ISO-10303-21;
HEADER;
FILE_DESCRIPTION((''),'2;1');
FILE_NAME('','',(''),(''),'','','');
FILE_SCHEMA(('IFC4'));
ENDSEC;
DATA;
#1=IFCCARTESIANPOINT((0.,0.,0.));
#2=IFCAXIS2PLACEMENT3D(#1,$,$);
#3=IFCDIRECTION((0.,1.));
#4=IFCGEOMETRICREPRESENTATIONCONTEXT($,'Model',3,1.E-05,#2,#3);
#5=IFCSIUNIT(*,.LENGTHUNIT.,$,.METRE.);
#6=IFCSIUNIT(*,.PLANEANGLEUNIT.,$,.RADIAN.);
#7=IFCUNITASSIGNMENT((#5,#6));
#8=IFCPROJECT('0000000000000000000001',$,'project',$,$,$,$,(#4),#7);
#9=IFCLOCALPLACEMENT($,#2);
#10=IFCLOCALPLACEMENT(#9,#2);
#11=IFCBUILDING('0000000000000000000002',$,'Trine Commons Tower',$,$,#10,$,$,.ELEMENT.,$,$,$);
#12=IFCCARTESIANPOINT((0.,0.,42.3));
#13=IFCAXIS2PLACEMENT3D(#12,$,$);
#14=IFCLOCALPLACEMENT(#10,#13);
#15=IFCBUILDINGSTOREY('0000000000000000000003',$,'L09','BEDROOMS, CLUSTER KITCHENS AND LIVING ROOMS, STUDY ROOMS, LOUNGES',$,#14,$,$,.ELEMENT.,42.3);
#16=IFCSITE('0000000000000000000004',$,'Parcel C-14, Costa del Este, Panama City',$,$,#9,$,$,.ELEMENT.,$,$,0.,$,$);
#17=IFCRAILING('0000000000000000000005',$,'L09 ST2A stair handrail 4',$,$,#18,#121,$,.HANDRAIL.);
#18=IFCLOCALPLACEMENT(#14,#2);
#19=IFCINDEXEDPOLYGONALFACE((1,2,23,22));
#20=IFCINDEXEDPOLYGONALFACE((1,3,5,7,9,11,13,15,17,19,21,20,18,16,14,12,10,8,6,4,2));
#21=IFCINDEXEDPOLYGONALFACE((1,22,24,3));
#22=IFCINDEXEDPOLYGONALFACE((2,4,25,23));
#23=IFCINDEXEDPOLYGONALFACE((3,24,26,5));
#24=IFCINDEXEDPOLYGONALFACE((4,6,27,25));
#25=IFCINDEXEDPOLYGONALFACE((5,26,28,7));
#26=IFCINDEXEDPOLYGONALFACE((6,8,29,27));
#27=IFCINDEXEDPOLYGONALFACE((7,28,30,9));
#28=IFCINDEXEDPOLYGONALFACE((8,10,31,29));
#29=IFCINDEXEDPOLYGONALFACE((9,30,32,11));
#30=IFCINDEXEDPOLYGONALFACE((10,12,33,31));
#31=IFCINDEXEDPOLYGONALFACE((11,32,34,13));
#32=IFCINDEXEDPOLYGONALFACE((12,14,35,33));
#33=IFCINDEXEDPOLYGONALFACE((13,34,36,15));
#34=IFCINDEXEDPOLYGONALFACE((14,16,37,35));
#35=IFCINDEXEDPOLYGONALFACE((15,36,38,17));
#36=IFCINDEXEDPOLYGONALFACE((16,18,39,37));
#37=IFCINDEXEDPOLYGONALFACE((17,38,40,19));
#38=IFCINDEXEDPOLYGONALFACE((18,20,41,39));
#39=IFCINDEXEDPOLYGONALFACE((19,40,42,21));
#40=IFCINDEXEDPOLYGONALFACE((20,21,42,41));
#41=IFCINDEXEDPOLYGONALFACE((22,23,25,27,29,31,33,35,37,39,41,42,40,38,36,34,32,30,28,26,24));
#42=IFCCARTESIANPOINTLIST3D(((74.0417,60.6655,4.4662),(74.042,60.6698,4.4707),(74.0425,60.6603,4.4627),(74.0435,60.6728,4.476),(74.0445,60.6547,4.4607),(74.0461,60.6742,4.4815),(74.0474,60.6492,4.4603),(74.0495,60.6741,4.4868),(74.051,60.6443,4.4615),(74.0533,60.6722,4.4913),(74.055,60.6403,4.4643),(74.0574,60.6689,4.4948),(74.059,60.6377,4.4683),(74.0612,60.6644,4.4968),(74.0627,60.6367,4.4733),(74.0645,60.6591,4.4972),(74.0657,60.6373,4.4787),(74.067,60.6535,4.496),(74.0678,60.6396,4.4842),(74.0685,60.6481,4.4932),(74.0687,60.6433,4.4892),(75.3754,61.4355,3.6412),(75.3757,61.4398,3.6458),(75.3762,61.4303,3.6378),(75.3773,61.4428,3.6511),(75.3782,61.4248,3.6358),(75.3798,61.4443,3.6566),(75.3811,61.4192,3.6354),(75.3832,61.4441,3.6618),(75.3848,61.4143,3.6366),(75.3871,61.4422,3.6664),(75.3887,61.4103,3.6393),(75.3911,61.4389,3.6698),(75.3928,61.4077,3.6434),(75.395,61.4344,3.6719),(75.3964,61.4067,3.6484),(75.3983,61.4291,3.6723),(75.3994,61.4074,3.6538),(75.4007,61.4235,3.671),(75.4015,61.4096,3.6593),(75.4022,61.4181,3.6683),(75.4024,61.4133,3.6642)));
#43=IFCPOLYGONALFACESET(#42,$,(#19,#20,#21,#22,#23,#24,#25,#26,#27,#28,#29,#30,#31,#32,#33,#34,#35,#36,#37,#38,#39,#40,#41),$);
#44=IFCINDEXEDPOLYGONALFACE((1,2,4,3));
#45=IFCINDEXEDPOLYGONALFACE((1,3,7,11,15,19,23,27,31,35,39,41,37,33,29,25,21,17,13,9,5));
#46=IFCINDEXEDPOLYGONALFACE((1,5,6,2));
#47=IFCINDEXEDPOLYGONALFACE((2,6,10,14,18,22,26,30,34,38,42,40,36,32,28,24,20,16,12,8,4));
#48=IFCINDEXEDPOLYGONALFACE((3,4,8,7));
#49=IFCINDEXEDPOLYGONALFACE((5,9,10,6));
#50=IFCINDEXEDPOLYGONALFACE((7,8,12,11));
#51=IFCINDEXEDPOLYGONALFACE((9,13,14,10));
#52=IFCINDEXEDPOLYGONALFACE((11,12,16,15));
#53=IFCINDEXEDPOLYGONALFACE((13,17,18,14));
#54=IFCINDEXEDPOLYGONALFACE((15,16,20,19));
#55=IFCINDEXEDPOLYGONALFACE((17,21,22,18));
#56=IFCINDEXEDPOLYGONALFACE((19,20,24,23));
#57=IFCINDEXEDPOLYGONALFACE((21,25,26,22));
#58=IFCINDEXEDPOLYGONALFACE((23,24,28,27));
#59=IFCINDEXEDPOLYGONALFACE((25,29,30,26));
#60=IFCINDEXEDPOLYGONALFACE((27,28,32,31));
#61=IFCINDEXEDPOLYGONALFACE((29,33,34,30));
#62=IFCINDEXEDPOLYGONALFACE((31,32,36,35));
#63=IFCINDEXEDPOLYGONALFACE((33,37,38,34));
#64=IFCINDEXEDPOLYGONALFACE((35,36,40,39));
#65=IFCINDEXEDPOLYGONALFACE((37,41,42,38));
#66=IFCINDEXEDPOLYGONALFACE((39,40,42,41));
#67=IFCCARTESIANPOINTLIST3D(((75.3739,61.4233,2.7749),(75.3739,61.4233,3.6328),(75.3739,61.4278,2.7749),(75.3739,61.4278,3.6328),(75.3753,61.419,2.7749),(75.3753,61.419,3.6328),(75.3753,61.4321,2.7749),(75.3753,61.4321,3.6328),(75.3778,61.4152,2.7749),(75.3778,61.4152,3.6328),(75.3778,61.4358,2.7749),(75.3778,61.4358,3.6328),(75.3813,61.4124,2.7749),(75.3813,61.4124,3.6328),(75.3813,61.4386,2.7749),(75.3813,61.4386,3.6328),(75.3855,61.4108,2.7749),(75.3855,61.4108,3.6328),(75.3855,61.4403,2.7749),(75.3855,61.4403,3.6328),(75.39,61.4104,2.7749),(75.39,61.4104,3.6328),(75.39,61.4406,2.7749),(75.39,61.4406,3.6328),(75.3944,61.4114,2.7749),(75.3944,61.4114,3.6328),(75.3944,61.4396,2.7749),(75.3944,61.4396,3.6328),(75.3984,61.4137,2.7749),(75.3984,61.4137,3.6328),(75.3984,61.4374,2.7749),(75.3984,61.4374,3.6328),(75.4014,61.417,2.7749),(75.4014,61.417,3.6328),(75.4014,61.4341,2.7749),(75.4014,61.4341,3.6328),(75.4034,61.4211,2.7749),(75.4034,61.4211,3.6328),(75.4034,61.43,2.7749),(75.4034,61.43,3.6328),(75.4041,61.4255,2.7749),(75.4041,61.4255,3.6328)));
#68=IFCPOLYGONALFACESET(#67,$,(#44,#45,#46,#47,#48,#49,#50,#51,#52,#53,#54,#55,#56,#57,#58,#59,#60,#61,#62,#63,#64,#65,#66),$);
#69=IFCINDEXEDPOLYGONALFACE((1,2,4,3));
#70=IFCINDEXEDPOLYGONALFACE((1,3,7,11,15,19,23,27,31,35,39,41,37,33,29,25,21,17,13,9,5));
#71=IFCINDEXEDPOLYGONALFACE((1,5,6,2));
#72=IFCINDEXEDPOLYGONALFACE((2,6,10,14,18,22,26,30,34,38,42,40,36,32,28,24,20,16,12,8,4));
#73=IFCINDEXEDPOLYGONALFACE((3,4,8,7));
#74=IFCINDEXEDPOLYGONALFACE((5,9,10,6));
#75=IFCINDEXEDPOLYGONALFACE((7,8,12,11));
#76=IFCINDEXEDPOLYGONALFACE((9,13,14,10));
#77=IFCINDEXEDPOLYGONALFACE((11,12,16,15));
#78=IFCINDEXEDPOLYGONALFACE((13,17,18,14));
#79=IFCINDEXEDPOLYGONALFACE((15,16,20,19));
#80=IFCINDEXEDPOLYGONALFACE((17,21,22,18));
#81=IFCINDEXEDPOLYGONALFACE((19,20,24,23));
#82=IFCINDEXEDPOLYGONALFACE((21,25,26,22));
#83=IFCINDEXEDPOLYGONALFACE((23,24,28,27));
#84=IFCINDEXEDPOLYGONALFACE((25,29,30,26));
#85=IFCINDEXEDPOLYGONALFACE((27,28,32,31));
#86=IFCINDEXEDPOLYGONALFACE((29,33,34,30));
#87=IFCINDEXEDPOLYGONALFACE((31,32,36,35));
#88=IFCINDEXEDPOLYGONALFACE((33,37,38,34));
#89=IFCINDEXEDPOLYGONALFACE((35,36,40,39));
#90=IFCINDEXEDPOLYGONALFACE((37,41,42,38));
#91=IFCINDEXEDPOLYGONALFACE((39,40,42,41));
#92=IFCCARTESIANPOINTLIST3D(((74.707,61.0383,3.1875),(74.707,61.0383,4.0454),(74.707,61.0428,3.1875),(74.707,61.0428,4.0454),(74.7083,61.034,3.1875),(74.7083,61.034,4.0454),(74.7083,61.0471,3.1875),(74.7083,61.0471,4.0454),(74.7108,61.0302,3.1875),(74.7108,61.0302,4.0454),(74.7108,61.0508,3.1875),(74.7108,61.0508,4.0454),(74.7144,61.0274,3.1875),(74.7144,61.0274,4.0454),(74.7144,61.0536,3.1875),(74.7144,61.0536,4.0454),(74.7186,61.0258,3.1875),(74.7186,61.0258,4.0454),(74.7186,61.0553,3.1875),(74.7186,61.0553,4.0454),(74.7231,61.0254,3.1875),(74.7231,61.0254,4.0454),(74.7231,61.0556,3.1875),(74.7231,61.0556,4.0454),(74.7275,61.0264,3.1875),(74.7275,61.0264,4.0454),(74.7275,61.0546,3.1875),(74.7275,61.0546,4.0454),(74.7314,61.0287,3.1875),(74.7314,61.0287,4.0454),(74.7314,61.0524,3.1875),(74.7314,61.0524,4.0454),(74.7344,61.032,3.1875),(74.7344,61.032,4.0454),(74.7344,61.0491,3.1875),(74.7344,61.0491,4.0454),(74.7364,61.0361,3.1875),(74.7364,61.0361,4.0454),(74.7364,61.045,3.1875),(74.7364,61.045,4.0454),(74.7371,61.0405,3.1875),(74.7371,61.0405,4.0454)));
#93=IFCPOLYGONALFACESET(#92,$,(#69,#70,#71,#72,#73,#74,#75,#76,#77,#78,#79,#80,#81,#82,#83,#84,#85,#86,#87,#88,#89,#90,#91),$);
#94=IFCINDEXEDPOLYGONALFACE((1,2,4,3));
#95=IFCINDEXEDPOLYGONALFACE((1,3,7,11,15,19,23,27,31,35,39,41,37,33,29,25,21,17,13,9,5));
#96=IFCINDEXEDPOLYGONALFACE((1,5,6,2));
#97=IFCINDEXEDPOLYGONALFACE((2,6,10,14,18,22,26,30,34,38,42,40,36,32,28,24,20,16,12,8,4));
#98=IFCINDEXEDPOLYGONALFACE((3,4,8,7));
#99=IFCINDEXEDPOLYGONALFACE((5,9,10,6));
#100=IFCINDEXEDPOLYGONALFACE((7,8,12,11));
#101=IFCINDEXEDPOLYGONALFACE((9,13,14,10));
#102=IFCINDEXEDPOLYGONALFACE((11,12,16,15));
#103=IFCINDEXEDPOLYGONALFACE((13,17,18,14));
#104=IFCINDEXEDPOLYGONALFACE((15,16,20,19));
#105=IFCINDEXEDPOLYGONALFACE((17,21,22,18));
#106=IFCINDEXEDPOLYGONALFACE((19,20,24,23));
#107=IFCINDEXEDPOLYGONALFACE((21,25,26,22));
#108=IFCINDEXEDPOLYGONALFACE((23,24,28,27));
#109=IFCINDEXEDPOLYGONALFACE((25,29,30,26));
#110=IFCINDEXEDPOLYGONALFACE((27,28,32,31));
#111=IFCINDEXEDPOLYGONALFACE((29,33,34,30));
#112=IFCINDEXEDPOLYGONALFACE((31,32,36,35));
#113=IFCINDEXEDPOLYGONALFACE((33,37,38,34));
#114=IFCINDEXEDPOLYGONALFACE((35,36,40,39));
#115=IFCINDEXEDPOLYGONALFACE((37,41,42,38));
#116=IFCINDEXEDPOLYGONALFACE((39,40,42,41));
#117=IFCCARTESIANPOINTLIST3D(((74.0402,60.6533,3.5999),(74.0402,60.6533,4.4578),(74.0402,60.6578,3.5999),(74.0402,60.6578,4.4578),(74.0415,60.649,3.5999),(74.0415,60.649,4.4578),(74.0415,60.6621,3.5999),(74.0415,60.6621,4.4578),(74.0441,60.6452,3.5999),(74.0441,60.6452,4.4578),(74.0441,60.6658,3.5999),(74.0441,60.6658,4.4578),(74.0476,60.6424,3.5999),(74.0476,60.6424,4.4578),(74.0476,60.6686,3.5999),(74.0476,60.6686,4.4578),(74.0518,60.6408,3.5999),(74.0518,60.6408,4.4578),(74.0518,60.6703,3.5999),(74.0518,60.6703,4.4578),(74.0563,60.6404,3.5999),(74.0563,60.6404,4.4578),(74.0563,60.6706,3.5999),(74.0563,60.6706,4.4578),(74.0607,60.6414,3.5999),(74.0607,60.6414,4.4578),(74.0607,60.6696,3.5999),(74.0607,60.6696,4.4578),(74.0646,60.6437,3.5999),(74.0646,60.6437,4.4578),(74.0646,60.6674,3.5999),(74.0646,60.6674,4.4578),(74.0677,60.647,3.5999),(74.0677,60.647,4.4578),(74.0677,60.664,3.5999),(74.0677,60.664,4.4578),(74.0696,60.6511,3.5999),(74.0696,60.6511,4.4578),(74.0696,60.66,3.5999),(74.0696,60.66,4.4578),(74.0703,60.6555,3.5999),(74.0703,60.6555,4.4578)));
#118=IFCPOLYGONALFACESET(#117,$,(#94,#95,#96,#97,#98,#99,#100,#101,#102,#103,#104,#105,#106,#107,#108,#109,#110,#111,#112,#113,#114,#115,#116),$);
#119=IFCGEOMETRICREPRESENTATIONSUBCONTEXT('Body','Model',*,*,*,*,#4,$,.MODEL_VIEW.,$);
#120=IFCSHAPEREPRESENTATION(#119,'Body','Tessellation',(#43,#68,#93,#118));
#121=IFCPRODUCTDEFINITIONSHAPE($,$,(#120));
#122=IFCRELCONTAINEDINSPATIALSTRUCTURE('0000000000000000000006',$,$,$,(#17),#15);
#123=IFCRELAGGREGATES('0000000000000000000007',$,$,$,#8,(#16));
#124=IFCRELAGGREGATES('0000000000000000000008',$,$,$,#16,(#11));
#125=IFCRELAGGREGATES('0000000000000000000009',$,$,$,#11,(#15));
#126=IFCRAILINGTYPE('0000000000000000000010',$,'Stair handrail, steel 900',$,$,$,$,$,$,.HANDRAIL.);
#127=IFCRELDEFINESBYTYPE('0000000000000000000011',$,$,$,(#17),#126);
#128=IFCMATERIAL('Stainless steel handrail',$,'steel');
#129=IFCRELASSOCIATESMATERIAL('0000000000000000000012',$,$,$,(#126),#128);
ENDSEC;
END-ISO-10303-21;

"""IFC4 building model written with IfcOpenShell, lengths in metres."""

from ifc_helpers import new_model, si_unit, direction, frame, origin, origin_2d, place, context, subcontext, project, spatial, circle, extrude, material, type_object, element, save


model = new_model("IFC4")

# Units and contexts
model_context = context("Model", 3, precision=1e-05, world=origin(), true_north=direction((0.0, 1.0)))
body_context = subcontext(model_context, "Body", "Model", "MODEL_VIEW")
ifc_project = project(units=[si_unit("LENGTHUNIT", "METRE"), si_unit("PLANEANGLEUNIT", "RADIAN")], contexts=[model_context])

# Site, building, storey
site_placement = place(None, origin())
site = spatial("IfcSite", under=ifc_project, at=site_placement, Name="Parcel C-14, Costa del Este, Panama City", CompositionType="ELEMENT", RefElevation=0.0)
building_placement = place(site_placement, origin())
building = spatial("IfcBuilding", under=site, at=building_placement, Name="Trine Commons Tower", CompositionType="ELEMENT")
storey_placement = place(building_placement, frame((0.0, 0.0, 42.3)))
storey = spatial("IfcBuildingStorey", under=building, at=storey_placement, Name="L09", Description="BEDROOMS, CLUSTER KITCHENS AND LIVING ROOMS, STUDY ROOMS, LOUNGES", CompositionType="ELEMENT", Elevation=42.3)

# Railing
ifc_material_1 = material(Name="Stainless steel handrail", Category="steel")
railing_type = type_object("IfcRailingType", Name="Stair handrail, steel 900", PredefinedType="HANDRAIL", material=ifc_material_1)
for number, where, name in (
    (1, (75.3889, 61.4255, 2.7749), "L09 ST2A stair handrail 4"),
):
    element("IfcRailing", number, at=place(storey_placement, frame(where)), inside=storey, type_object=railing_type, Name=name, PredefinedType="HANDRAIL", context=body_context, shape_type="SweptSolid", body=[
        extrude(circle(Radius=0.021, at=origin_2d()), frame((0.0, 0.0, 0.8789), z_axis=(-0.763405, -0.440743, 0.472185), x_axis=(0.499992, -0.86603, 0.0)), (0.0, 0.0, 1.0), 1.7471),
        extrude(circle(Radius=0.0151, at=origin_2d()), origin(), (0.0, 0.0, 1.0), 0.8579),
        extrude(circle(Radius=0.0151, at=origin_2d()), frame((-0.667, -0.385, 0.4126)), (0.0, 0.0, 1.0), 0.8579),
        extrude(circle(Radius=0.0151, at=origin_2d()), frame((-1.3337, -0.77, 0.825)), (0.0, 0.0, 1.0), 0.8579),
    ])

save(model, "model.ifc")
